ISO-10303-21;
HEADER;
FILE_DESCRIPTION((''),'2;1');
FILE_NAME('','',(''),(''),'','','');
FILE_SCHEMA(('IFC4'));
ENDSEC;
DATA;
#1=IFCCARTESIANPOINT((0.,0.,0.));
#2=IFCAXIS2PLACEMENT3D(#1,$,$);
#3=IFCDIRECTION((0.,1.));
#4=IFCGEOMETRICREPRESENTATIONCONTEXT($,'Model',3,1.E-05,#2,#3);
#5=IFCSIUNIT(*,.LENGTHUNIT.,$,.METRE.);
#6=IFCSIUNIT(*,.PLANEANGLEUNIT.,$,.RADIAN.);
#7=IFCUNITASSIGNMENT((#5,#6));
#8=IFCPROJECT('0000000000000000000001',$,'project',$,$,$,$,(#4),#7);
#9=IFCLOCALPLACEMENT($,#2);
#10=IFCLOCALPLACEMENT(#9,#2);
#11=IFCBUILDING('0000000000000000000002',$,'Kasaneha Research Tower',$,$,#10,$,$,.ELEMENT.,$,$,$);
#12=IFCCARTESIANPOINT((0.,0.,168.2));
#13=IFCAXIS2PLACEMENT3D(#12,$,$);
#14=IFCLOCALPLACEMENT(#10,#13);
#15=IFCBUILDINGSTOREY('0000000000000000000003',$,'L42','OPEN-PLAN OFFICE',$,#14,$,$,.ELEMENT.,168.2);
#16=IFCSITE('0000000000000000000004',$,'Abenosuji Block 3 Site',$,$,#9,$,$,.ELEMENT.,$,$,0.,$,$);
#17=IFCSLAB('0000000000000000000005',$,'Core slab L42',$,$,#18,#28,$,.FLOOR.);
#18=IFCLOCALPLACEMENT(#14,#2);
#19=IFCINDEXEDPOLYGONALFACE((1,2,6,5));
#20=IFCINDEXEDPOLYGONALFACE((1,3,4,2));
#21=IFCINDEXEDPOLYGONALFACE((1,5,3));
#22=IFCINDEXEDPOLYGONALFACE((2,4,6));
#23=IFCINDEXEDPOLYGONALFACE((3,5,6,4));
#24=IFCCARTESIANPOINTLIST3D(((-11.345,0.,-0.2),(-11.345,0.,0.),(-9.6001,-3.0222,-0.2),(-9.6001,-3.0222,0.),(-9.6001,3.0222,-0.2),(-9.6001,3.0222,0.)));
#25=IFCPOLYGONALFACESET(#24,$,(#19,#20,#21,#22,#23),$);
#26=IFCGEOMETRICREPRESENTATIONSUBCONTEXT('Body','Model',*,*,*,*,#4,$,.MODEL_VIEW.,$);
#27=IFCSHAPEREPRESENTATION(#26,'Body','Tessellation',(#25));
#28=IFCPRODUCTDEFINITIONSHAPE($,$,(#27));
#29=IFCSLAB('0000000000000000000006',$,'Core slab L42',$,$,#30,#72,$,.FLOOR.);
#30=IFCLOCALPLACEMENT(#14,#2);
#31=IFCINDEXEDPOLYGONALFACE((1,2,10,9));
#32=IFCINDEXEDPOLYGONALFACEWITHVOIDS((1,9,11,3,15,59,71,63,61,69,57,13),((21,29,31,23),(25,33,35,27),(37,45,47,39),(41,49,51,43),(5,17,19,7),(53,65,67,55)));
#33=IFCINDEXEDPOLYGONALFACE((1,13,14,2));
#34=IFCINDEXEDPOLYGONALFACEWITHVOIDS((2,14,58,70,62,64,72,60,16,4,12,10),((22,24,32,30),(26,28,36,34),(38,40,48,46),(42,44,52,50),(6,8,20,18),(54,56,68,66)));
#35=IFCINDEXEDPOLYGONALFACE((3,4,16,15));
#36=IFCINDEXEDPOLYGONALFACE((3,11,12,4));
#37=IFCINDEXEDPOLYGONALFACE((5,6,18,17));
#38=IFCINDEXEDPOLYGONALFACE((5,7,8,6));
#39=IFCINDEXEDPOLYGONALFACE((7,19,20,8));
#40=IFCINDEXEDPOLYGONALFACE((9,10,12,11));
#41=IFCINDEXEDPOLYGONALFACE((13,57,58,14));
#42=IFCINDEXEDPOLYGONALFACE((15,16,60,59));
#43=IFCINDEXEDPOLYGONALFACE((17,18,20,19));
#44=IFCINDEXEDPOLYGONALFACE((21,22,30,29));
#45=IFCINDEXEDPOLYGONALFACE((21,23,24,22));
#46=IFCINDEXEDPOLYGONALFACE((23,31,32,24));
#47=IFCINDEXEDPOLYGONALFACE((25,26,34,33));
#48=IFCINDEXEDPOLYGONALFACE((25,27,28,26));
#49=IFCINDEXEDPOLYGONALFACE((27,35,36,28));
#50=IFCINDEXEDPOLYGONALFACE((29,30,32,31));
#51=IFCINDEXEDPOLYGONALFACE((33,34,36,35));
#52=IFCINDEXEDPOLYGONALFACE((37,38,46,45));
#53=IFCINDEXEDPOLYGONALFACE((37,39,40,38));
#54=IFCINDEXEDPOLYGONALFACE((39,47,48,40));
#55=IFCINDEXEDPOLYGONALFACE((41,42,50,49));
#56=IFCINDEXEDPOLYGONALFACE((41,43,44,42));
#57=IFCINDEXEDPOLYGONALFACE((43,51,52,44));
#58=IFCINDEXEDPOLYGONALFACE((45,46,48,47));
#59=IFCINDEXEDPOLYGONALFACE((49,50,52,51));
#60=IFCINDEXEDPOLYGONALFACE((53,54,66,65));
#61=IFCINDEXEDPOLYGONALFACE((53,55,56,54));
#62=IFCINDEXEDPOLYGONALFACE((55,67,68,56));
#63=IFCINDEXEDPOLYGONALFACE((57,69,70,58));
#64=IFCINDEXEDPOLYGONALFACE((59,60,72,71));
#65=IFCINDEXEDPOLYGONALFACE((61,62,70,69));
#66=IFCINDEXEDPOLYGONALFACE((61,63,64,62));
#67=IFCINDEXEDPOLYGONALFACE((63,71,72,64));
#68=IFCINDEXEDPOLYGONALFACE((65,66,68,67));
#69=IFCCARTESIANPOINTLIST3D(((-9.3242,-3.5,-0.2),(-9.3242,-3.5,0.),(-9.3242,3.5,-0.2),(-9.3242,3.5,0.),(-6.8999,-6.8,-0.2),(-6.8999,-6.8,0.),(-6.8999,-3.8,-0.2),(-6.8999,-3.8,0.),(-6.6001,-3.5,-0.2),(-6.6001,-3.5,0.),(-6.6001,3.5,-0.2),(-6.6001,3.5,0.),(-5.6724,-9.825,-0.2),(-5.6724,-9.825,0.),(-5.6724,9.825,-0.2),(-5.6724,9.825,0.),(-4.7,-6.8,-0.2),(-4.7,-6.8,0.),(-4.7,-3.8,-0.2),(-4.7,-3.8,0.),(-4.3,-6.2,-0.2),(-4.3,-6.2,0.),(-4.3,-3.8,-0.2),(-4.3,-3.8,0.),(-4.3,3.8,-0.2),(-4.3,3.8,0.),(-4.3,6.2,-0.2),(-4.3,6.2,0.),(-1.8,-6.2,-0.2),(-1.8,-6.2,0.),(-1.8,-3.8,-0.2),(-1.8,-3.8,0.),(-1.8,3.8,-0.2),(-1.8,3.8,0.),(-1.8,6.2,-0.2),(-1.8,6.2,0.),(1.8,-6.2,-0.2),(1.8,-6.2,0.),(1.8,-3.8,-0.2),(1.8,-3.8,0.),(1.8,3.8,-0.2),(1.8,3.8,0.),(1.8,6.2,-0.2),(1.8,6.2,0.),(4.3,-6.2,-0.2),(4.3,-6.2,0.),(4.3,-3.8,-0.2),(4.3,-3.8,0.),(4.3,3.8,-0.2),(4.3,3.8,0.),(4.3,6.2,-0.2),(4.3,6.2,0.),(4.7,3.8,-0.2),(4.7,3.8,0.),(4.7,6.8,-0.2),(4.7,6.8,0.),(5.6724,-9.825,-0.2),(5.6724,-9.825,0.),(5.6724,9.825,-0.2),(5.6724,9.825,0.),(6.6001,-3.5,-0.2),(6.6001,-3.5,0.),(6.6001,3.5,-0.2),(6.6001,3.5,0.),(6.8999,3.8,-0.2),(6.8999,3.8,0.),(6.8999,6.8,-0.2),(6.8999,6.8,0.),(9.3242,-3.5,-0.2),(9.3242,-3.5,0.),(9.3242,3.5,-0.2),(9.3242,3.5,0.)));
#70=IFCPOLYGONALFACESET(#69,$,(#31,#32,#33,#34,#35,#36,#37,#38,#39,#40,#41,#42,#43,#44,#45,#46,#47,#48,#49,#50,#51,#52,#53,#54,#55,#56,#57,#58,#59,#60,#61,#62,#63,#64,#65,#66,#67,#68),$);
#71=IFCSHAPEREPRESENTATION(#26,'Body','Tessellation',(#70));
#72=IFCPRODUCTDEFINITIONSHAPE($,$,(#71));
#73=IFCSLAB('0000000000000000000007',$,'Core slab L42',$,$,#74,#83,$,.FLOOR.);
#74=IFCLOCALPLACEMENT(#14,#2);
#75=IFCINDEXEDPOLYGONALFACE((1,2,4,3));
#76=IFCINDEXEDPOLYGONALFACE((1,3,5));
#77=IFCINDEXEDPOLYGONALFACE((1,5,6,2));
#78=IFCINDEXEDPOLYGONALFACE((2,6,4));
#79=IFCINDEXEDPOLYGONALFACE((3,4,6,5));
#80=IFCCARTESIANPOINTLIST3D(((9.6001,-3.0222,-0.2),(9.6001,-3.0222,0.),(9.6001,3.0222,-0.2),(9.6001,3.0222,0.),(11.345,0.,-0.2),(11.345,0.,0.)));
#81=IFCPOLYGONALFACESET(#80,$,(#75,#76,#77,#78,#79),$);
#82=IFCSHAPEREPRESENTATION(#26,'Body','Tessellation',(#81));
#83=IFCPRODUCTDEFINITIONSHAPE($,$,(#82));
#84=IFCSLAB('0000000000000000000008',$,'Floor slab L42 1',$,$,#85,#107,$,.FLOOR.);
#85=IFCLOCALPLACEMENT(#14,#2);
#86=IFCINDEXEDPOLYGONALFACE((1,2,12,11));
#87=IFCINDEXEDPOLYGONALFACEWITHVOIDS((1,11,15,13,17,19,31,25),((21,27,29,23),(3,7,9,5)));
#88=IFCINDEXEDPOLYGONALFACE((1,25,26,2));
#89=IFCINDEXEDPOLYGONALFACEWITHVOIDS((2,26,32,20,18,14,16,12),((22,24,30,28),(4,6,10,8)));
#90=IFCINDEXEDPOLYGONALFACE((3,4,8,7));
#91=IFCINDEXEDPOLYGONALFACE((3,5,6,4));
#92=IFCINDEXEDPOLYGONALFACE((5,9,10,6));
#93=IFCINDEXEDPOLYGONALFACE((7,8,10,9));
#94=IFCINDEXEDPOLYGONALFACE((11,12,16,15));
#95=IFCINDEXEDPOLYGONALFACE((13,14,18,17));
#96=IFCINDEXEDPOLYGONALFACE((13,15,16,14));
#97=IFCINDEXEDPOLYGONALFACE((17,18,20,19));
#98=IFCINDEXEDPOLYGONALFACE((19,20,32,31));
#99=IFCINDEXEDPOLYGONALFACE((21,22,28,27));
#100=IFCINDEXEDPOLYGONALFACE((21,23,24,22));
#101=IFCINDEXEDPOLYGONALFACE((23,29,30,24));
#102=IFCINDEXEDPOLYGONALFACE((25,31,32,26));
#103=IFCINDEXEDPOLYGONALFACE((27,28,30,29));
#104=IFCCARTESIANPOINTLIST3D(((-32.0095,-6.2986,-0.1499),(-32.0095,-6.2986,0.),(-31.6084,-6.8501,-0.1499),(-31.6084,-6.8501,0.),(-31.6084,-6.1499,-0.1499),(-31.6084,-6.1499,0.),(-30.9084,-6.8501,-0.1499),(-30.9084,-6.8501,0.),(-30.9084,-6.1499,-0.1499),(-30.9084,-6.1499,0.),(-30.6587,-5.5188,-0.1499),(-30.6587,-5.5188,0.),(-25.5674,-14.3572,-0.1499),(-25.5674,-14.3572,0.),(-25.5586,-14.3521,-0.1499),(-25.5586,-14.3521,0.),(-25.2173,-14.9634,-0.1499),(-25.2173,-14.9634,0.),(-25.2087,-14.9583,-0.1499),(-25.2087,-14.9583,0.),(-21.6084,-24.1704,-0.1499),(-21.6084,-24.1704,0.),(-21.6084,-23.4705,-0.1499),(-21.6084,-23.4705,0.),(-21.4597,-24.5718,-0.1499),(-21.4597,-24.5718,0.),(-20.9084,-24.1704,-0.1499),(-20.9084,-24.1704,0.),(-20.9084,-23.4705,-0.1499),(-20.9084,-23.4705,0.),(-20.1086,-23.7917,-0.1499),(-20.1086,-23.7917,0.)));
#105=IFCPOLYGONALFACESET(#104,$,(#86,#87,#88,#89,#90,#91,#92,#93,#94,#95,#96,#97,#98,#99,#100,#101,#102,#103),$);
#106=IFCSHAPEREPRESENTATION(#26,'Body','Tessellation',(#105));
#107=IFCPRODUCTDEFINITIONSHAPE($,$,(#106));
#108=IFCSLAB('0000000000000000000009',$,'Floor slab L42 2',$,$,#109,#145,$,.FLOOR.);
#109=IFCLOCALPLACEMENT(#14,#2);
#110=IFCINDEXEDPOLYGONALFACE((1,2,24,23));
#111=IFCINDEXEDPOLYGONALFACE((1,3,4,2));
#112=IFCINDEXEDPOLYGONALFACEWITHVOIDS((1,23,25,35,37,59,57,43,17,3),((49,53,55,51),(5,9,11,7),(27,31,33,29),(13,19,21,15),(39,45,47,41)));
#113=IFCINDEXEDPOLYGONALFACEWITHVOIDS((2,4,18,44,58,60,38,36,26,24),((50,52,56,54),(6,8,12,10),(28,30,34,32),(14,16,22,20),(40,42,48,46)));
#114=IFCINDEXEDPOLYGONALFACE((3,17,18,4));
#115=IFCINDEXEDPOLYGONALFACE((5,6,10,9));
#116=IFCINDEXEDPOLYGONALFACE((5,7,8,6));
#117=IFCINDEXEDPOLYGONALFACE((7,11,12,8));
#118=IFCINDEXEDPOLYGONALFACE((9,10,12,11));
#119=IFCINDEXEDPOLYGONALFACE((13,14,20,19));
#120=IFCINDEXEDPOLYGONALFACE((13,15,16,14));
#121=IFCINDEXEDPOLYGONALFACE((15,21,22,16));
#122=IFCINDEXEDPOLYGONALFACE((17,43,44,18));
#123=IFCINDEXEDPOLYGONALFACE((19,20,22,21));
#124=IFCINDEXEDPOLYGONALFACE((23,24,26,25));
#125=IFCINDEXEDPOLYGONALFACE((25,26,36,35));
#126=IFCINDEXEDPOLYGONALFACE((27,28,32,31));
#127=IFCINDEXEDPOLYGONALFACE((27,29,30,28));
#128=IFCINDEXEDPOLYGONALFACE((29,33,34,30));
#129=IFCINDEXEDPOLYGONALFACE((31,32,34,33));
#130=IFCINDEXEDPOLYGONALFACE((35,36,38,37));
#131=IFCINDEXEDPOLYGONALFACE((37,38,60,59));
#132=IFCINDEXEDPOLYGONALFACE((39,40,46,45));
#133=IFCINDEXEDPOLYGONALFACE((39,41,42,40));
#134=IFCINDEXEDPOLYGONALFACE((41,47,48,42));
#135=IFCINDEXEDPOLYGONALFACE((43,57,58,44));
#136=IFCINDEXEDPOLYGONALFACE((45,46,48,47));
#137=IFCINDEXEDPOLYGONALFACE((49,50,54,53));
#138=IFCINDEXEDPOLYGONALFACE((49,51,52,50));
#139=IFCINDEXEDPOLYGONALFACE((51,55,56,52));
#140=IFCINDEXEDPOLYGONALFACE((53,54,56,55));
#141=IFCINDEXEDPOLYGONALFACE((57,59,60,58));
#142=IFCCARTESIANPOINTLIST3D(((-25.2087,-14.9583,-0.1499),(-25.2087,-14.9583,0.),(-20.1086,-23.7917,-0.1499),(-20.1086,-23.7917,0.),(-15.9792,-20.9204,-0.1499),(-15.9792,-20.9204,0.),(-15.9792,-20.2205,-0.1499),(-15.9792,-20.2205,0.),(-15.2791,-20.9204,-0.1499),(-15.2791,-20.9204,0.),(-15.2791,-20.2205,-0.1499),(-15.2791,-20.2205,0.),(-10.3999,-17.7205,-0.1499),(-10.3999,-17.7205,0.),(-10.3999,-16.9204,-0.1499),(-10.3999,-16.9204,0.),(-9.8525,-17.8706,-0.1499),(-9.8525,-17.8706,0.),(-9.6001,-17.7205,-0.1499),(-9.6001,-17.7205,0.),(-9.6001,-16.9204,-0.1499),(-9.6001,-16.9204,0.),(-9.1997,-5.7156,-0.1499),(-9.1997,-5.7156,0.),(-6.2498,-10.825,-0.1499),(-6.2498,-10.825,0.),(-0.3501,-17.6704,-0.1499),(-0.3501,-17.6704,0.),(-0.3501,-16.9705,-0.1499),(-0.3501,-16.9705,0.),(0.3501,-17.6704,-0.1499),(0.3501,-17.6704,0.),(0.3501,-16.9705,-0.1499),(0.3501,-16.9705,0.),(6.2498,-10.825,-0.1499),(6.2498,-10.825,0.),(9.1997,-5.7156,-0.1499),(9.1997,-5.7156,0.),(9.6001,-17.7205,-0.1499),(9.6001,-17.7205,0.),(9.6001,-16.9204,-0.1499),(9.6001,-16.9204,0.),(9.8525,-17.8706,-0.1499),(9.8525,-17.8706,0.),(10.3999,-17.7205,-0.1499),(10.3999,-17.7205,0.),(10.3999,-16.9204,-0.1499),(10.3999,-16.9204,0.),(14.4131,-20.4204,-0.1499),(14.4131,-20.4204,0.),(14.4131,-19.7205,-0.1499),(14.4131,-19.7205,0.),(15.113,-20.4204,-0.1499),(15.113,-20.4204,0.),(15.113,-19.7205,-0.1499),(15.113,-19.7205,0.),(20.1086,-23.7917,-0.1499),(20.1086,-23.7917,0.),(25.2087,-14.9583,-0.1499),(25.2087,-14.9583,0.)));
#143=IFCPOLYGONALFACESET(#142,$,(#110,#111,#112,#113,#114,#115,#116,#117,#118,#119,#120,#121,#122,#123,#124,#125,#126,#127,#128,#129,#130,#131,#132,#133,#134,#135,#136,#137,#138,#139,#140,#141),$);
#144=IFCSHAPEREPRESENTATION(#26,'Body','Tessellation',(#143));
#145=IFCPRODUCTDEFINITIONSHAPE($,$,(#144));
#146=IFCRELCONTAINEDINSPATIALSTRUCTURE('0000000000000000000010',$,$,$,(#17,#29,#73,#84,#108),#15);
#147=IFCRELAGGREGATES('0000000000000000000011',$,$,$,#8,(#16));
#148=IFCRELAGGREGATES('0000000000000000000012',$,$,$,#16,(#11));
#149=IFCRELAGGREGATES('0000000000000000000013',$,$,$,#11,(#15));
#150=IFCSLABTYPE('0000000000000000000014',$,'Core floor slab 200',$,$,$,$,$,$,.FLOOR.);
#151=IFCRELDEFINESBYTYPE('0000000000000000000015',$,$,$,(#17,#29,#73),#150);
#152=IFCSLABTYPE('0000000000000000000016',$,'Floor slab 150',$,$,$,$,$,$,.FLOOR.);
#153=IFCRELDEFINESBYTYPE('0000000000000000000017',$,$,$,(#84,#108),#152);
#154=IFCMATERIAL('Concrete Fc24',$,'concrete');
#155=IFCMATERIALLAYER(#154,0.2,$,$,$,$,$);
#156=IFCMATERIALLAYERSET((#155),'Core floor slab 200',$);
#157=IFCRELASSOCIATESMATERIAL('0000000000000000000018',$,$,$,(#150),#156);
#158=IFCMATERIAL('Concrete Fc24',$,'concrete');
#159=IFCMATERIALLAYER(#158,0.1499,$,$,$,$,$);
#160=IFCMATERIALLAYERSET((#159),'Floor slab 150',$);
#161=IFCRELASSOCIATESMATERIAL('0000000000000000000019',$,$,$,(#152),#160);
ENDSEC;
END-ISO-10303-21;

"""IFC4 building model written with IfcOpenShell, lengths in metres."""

from ifc_helpers import new_model, si_unit, direction, frame, origin, place, context, subcontext, project, spatial, polyline, outline, extrude, material, layer, layer_set, type_object, element, save


model = new_model("IFC4")

# Units and contexts
model_context = context("Model", 3, precision=1e-05, world=origin(), true_north=direction((0.0, 1.0)))
body_context = subcontext(model_context, "Body", "Model", "MODEL_VIEW")
ifc_project = project(units=[si_unit("LENGTHUNIT", "METRE"), si_unit("PLANEANGLEUNIT", "RADIAN")], contexts=[model_context])

# Site, building, storey
site_placement = place(None, origin())
site = spatial("IfcSite", under=ifc_project, at=site_placement, Name="Abenosuji Block 3 Site", CompositionType="ELEMENT", RefElevation=0.0)
building_placement = place(site_placement, origin())
building = spatial("IfcBuilding", under=site, at=building_placement, Name="Kasaneha Research Tower", CompositionType="ELEMENT")
storey_placement = place(building_placement, frame((0.0, 0.0, 168.2)))
storey = spatial("IfcBuildingStorey", under=building, at=storey_placement, Name="L42", Description="OPEN-PLAN OFFICE", CompositionType="ELEMENT", Elevation=168.2)

# Slabs
ifc_material_1 = material(Name="Concrete Fc24", Category="concrete")
ifc_layer_1 = layer(ifc_material_1, 0.2)
ifc_layer_set_1 = layer_set([ifc_layer_1], Name="Core floor slab 200")
slab_type_1 = type_object("IfcSlabType", Name="Core floor slab 200", PredefinedType="FLOOR", material=ifc_layer_set_1)
slab_1_placement = place(storey_placement, frame((0.0, 0.0, -0.2)))
element("IfcSlab", 1, at=slab_1_placement, inside=storey, type_object=slab_type_1, Name="Core slab L42", PredefinedType="FLOOR", context=body_context, shape_type="SweptSolid", body=[
    extrude(outline(polyline([(-11.345, 0.0), (-9.6001, 3.0222), (-9.6001, -3.0222), (-11.345, 0.0)])), origin(), (0.0, 0.0, 1.0), 0.2),
])
slab_2_placement = place(storey_placement, frame((0.0, 0.0, -0.2)))
element("IfcSlab", 2, at=slab_2_placement, inside=storey, type_object=slab_type_1, Name="Core slab L42", PredefinedType="FLOOR", context=body_context, shape_type="SweptSolid", body=[
    extrude(outline(polyline([(-5.6724, 9.825), (5.6724, 9.825), (9.3242, 3.5), (6.6001, 3.5), (6.6001, -3.5), (9.3242, -3.5), (5.6724, -9.825), (-5.6724, -9.825), (-9.3242, -3.5), (-6.6001, -3.5), (-6.6001, 3.5), (-9.3242, 3.5), (-5.6724, 9.825)]), holes=[polyline([(-6.8999, -3.8), (-6.8999, -6.8), (-4.7, -6.8), (-4.7, -3.8), (-6.8999, -3.8)]), polyline([(-4.3, -3.8), (-4.3, -6.2), (-1.8, -6.2), (-1.8, -3.8), (-4.3, -3.8)]), polyline([(1.8, -3.8), (1.8, -6.2), (4.3, -6.2), (4.3, -3.8), (1.8, -3.8)]), polyline([(-4.3, 6.2), (-4.3, 3.8), (-1.8, 3.8), (-1.8, 6.2), (-4.3, 6.2)]), polyline([(1.8, 6.2), (1.8, 3.8), (4.3, 3.8), (4.3, 6.2), (1.8, 6.2)]), polyline([(4.7, 6.8), (4.7, 3.8), (6.8999, 3.8), (6.8999, 6.8), (4.7, 6.8)])]), origin(), (0.0, 0.0, 1.0), 0.2),
])
slab_3_placement = place(storey_placement, frame((0.0, 0.0, -0.2)))
element("IfcSlab", 3, at=slab_3_placement, inside=storey, type_object=slab_type_1, Name="Core slab L42", PredefinedType="FLOOR", context=body_context, shape_type="SweptSolid", body=[
    extrude(outline(polyline([(11.345, 0.0), (9.6001, -3.0222), (9.6001, 3.0222), (11.345, 0.0)])), origin(), (0.0, 0.0, 1.0), 0.2),
])
ifc_material_2 = material(Name="Concrete Fc24", Category="concrete")
ifc_layer_2 = layer(ifc_material_2, 0.1499)
ifc_layer_set_2 = layer_set([ifc_layer_2], Name="Floor slab 150")
slab_type_2 = type_object("IfcSlabType", Name="Floor slab 150", PredefinedType="FLOOR", material=ifc_layer_set_2)
slab_4_placement = place(storey_placement, frame((0.0, 0.0, -0.1499)))
element("IfcSlab", 4, at=slab_4_placement, inside=storey, type_object=slab_type_2, Name="Floor slab L42 1", PredefinedType="FLOOR", context=body_context, shape_type="SweptSolid", body=[
    extrude(outline(polyline([(-32.0095, -6.2986), (-30.6587, -5.5188), (-25.5586, -14.3521), (-25.5674, -14.3572), (-25.2173, -14.9634), (-25.2087, -14.9583), (-20.1086, -23.7917), (-21.4597, -24.5718), (-32.0095, -6.2986)]), holes=[polyline([(-20.9084, -24.1704), (-20.9084, -23.4705), (-21.6084, -23.4705), (-21.6084, -24.1704), (-20.9084, -24.1704)]), polyline([(-30.9084, -6.8501), (-30.9084, -6.1499), (-31.6084, -6.1499), (-31.6084, -6.8501), (-30.9084, -6.8501)])]), origin(), (0.0, 0.0, 1.0), 0.1499),
])
slab_5_placement = place(storey_placement, frame((0.0, 0.0, -0.1499)))
element("IfcSlab", 5, at=slab_5_placement, inside=storey, type_object=slab_type_2, Name="Floor slab L42 2", PredefinedType="FLOOR", context=body_context, shape_type="SweptSolid", body=[
    extrude(outline(polyline([(9.8525, -17.8706), (-9.8525, -17.8706), (-20.1086, -23.7917), (-25.2087, -14.9583), (-9.1997, -5.7156), (-6.2498, -10.825), (6.2498, -10.825), (9.1997, -5.7156), (25.2087, -14.9583), (20.1086, -23.7917), (9.8525, -17.8706)]), holes=[polyline([(-15.2791, -20.9204), (-15.2791, -20.2205), (-15.9792, -20.2205), (-15.9792, -20.9204), (-15.2791, -20.9204)]), polyline([(0.3501, -17.6704), (0.3501, -16.9705), (-0.3501, -16.9705), (-0.3501, -17.6704), (0.3501, -17.6704)]), polyline([(-10.3999, -17.7205), (-9.6001, -17.7205), (-9.6001, -16.9204), (-10.3999, -16.9204), (-10.3999, -17.7205)]), polyline([(15.113, -20.4204), (15.113, -19.7205), (14.4131, -19.7205), (14.4131, -20.4204), (15.113, -20.4204)]), polyline([(9.6001, -17.7205), (10.3999, -17.7205), (10.3999, -16.9204), (9.6001, -16.9204), (9.6001, -17.7205)])]), origin(), (0.0, 0.0, 1.0), 0.1499),
])

save(model, "model.ifc")
